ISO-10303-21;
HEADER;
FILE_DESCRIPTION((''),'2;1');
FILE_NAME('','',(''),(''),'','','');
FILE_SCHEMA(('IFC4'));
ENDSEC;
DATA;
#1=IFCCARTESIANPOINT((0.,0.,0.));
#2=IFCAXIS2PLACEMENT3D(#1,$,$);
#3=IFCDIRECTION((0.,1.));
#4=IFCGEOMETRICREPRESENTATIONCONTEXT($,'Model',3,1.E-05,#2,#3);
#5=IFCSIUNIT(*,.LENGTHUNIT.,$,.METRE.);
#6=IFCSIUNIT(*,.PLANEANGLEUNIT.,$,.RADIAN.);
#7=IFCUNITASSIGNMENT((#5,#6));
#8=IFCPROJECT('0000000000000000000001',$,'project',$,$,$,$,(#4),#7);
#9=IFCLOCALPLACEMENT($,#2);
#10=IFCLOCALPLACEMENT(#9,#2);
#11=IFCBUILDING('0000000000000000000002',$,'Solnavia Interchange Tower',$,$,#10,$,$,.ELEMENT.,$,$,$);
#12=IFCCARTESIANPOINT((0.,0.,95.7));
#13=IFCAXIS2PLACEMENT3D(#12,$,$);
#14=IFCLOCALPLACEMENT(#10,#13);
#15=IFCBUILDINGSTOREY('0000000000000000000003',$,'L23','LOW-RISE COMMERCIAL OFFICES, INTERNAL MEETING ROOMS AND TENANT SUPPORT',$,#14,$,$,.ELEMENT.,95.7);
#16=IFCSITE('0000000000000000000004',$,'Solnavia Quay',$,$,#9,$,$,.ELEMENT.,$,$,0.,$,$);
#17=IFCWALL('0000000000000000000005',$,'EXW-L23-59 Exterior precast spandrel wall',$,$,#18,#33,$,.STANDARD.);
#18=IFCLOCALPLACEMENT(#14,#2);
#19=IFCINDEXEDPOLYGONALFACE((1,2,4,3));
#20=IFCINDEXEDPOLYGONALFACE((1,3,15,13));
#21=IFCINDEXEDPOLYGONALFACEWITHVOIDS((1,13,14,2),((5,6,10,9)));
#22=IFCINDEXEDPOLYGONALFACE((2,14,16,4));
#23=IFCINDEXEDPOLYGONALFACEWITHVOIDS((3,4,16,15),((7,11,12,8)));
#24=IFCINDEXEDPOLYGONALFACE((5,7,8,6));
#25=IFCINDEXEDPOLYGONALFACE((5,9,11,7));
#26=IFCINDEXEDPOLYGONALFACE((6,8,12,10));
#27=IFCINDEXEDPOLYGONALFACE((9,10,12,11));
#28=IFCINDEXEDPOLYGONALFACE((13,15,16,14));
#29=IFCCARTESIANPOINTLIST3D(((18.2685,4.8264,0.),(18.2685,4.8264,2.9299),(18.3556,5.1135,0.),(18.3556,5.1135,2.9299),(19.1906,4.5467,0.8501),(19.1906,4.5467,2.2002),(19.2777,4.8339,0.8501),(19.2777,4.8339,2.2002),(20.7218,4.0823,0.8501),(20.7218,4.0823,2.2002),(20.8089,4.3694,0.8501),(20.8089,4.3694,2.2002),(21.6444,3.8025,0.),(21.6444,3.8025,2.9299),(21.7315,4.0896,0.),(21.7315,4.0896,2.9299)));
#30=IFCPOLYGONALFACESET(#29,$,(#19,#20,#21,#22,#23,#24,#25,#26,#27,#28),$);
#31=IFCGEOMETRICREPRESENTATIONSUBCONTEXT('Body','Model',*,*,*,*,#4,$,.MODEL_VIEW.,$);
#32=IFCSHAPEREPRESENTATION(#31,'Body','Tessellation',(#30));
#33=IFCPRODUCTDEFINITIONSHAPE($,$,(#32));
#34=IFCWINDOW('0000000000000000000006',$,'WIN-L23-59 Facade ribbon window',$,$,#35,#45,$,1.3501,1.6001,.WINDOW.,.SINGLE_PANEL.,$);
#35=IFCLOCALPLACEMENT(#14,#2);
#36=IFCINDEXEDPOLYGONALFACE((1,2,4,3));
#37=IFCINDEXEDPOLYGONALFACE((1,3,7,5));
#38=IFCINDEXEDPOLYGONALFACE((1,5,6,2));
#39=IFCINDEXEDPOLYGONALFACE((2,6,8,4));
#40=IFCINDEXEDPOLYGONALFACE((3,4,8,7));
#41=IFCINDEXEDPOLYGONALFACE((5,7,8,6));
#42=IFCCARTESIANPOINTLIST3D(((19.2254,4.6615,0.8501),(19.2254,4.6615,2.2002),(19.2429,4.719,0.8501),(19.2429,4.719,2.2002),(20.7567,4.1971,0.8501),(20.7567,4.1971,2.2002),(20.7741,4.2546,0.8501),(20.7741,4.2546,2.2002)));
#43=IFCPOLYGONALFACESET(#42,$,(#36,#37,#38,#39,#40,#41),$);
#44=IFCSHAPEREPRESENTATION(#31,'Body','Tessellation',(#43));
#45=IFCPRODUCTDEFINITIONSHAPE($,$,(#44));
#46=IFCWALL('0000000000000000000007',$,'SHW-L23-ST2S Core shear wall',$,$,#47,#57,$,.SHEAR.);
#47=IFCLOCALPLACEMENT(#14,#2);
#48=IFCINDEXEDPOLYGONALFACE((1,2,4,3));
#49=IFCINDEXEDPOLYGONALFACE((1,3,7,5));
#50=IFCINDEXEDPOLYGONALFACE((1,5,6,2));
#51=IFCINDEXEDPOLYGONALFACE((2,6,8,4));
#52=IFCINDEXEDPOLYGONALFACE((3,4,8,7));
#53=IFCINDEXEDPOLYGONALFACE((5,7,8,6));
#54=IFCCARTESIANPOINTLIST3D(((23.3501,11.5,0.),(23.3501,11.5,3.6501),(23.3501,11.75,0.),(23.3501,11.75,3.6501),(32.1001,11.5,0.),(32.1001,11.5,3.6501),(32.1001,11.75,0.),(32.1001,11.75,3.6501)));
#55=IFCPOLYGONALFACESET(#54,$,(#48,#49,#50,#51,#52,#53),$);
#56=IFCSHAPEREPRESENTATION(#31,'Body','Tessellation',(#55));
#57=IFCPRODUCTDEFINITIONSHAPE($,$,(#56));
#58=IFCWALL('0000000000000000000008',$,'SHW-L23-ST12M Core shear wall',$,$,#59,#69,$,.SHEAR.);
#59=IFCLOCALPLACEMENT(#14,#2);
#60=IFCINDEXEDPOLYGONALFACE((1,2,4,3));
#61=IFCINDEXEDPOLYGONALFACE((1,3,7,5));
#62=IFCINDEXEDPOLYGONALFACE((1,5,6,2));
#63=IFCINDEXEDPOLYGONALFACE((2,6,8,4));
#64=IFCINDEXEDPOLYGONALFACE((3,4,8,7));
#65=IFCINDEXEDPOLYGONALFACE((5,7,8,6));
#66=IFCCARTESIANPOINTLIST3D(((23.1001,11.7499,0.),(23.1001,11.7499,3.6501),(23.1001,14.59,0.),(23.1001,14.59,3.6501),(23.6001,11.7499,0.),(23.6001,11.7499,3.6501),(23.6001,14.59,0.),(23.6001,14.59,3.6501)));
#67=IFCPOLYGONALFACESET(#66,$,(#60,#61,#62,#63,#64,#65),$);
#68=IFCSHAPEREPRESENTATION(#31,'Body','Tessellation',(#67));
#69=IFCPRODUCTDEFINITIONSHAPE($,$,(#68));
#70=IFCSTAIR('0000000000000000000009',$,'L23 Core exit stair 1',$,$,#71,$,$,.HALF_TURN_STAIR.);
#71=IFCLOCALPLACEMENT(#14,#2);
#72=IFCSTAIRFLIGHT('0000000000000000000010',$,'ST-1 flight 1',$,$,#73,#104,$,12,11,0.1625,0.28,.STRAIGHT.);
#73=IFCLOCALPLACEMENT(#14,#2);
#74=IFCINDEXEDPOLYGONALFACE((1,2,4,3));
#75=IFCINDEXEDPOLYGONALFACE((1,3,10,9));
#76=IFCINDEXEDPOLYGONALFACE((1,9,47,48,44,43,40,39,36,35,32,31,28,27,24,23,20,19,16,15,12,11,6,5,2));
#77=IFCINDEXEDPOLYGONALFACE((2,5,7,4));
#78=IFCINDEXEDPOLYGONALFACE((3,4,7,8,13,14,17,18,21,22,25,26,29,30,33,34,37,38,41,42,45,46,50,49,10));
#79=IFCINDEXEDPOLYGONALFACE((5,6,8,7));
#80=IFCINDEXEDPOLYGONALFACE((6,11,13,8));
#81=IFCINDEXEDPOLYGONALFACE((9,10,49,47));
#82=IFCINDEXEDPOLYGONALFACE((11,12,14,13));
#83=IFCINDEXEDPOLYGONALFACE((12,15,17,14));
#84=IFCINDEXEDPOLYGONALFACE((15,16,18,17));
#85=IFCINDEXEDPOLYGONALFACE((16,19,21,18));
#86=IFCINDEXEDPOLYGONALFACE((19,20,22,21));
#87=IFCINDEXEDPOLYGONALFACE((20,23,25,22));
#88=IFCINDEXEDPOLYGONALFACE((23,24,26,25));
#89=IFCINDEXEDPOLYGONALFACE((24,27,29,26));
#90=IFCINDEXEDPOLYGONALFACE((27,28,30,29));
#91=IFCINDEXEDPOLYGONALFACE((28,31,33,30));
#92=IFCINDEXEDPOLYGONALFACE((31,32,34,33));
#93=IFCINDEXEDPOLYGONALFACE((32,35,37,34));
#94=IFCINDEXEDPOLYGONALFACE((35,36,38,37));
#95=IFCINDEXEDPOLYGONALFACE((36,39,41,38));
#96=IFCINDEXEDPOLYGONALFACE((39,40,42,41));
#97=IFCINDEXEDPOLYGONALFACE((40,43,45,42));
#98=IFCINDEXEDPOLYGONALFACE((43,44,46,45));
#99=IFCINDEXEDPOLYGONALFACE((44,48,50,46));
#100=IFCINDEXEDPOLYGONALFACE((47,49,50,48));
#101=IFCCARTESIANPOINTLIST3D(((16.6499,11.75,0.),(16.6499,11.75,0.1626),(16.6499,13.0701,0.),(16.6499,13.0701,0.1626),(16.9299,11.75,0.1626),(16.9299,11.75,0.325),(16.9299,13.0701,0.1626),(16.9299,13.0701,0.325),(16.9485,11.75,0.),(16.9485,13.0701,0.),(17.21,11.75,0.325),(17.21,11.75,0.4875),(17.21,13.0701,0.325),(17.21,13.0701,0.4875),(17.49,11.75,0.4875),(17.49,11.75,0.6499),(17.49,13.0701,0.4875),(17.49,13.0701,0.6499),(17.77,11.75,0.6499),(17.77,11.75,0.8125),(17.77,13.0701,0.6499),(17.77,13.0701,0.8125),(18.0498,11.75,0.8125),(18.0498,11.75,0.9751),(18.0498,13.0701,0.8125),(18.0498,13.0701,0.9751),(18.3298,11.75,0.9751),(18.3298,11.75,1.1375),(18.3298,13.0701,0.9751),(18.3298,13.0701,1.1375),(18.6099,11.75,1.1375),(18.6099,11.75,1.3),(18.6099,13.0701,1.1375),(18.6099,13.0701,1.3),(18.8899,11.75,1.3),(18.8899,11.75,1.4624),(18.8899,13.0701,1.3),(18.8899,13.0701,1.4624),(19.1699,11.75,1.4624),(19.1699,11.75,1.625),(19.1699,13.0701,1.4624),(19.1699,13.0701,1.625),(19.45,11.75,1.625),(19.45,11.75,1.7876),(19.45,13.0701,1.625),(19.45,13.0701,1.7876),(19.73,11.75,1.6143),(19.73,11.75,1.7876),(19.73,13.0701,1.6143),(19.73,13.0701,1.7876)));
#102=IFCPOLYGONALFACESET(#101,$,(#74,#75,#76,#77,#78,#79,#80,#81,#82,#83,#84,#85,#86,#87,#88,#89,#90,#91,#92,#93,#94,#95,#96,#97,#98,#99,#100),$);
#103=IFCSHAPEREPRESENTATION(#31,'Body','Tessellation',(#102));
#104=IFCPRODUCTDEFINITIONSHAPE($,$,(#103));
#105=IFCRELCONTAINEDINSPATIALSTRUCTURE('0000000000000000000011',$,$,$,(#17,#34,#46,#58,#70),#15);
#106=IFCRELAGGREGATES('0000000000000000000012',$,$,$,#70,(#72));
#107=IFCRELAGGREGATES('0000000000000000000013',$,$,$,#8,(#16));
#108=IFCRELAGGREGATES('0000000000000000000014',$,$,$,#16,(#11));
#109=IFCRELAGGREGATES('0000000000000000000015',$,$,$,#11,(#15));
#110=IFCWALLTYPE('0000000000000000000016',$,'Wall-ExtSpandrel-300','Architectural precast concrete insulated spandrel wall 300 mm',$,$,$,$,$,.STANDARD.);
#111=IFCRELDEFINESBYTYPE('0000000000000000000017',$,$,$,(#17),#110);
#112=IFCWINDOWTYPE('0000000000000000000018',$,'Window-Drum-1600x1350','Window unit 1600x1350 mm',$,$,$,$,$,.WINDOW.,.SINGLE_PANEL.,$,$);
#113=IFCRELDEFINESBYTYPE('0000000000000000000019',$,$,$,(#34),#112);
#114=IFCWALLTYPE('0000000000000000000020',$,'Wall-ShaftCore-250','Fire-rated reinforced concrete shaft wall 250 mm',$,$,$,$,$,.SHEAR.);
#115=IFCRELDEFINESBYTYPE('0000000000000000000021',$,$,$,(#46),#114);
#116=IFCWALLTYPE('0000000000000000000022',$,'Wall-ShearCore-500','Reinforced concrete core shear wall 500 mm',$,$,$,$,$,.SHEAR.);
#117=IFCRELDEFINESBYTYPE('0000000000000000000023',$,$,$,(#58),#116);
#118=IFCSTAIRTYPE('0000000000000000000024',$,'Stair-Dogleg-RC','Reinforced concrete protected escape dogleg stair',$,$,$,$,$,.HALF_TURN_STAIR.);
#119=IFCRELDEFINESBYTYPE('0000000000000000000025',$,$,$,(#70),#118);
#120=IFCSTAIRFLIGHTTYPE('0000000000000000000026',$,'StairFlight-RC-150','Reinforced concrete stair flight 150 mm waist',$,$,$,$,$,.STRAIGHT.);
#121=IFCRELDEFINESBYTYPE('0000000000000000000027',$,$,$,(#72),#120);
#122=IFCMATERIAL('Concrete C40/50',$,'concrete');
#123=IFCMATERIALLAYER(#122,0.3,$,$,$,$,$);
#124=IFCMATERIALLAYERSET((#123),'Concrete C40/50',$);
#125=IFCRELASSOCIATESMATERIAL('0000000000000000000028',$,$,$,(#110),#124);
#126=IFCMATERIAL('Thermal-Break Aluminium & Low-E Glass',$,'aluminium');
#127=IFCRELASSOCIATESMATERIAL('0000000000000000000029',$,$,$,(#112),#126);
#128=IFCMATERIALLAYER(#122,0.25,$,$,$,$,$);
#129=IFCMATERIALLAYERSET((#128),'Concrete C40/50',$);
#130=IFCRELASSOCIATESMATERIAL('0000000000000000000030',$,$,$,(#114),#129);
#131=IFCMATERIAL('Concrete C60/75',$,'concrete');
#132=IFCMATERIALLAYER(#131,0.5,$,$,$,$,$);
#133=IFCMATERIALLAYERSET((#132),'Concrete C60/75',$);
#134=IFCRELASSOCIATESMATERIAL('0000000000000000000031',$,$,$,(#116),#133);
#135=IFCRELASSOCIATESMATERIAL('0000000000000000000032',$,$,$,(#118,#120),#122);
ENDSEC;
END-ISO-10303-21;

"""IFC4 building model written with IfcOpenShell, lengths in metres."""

from ifc_helpers import new_model, si_unit, direction, frame, frame_2d, origin, place, context, subcontext, project, spatial, polyline, rectangle, outline, extrude, material, layer, layer_set, type_object, element, fill, aggregate, save


model = new_model("IFC4")

# Units and contexts
model_context = context("Model", 3, precision=1e-05, world=origin(), true_north=direction((0.0, 1.0)))
body_context = subcontext(model_context, "Body", "Model", "MODEL_VIEW")
ifc_project = project(units=[si_unit("LENGTHUNIT", "METRE"), si_unit("PLANEANGLEUNIT", "RADIAN")], contexts=[model_context])

# Site, building, storey
site_placement = place(None, origin())
site = spatial("IfcSite", under=ifc_project, at=site_placement, Name="Solnavia Quay", CompositionType="ELEMENT", RefElevation=0.0)
building_placement = place(site_placement, origin())
building = spatial("IfcBuilding", under=site, at=building_placement, Name="Solnavia Interchange Tower", CompositionType="ELEMENT")
storey_placement = place(building_placement, frame((0.0, 0.0, 95.7)))
storey = spatial("IfcBuildingStorey", under=building, at=storey_placement, Name="L23", Description="LOW-RISE COMMERCIAL OFFICES, INTERNAL MEETING ROOMS AND TENANT SUPPORT", CompositionType="ELEMENT", Elevation=95.7)

# Shared definitions
ifc_material_1 = material(Name="Concrete C60/75", Category="concrete")

# Wall, opening, window
ifc_material_2 = material(Name="Concrete C40/50", Category="concrete")
ifc_layer_1 = layer(ifc_material_2, 0.3)
ifc_layer_set_1 = layer_set([ifc_layer_1], Name="Concrete C40/50")
wall_type_1 = type_object("IfcWallType", Name="Wall-ExtSpandrel-300", Description="Architectural precast concrete insulated spandrel wall 300 mm", PredefinedType="STANDARD", material=ifc_layer_set_1)
ifc_material_3 = material(Name="Thermal-Break Aluminium & Low-E Glass", Category="aluminium")
window_type = type_object("IfcWindowType", Name="Window-Drum-1600x1350", Description="Window unit 1600x1350 mm", PartitioningType="SINGLE_PANEL", PredefinedType="WINDOW", material=ifc_material_3)
wall_1_placement = place(storey_placement, frame((21.688, 3.946, 0.0), z_axis=(0.0, 0.0, 1.0), x_axis=(-0.956953, 0.290242, 0.0)))
wall_1 = element("IfcWall", 1, at=wall_1_placement, inside=storey, type_object=wall_type_1, Name="EXW-L23-59 Exterior precast spandrel wall", PredefinedType="STANDARD", context=body_context, shape_type="SweptSolid", body=[
    extrude(rectangle(XDim=3.5278, YDim=0.3, at=frame_2d((1.7639, 0.0))), origin(), (0.0, 0.0, 1.0), 2.9299),
])
opening_1_placement = place(wall_1_placement, frame((0.9641, 0.0, 0.8501)))
opening_1 = element("IfcOpeningElement", 2, at=opening_1_placement, cuts=wall_1, PredefinedType="OPENING", context=body_context, shape_type="SweptSolid", body=[
    extrude(rectangle(XDim=1.6001, YDim=1.3501, at=frame_2d((0.8, 0.675))), frame((0.0, 0.1602, 0.0), z_axis=(0.0, -1.0, 0.0), x_axis=(1.0, 0.0, 0.0)), (0.0, 0.0, 1.0), 0.3201),
])
window_1_placement = place(opening_1_placement, origin())
window_1 = element("IfcWindow", 3, at=window_1_placement, inside=storey, type_object=window_type, Name="WIN-L23-59 Facade ribbon window", OverallHeight=1.3501, OverallWidth=1.6001, PartitioningType="SINGLE_PANEL", PredefinedType="WINDOW", context=body_context, shape_type="SweptSolid", body=[
    extrude(rectangle(XDim=1.6001, YDim=1.3501, at=frame_2d((0.8, 0.675))), frame((0.0, 0.03, 0.0), z_axis=(0.0, -1.0, 0.0), x_axis=(1.0, 0.0, 0.0)), (0.0, 0.0, 1.0), 0.0601),
])
fill(opening_1, window_1)

# Walls
ifc_layer_2 = layer(ifc_material_2, 0.25)
ifc_layer_set_2 = layer_set([ifc_layer_2], Name="Concrete C40/50")
wall_type_2 = type_object("IfcWallType", Name="Wall-ShaftCore-250", Description="Fire-rated reinforced concrete shaft wall 250 mm", PredefinedType="SHEAR", material=ifc_layer_set_2)
wall_2_placement = place(storey_placement, frame((23.3501, 11.625, 0.0), z_axis=(0.0, 0.0, 1.0), x_axis=(1.0, 0.0, 0.0)))
element("IfcWall", 4, at=wall_2_placement, inside=storey, type_object=wall_type_2, Name="SHW-L23-ST2S Core shear wall", PredefinedType="SHEAR", context=body_context, shape_type="SweptSolid", body=[
    extrude(rectangle(XDim=8.75, YDim=0.25, at=frame_2d((4.375, 0.0))), origin(), (0.0, 0.0, 1.0), 3.6501),
])
ifc_layer_3 = layer(ifc_material_1, 0.5)
ifc_layer_set_3 = layer_set([ifc_layer_3], Name="Concrete C60/75")
wall_type_3 = type_object("IfcWallType", Name="Wall-ShearCore-500", Description="Reinforced concrete core shear wall 500 mm", PredefinedType="SHEAR", material=ifc_layer_set_3)
wall_3_placement = place(storey_placement, frame((23.3501, 11.75, 0.0), z_axis=(0.0, 0.0, 1.0), x_axis=(0.0, 1.0, 0.0)))
element("IfcWall", 5, at=wall_3_placement, inside=storey, type_object=wall_type_3, Name="SHW-L23-ST12M Core shear wall", PredefinedType="SHEAR", context=body_context, shape_type="SweptSolid", body=[
    extrude(rectangle(XDim=2.8401, YDim=0.5, at=frame_2d((1.4199, 0.0))), origin(), (0.0, 0.0, 1.0), 3.6501),
])

# Stair, stair flight
stair_type = type_object("IfcStairType", Name="Stair-Dogleg-RC", Description="Reinforced concrete protected escape dogleg stair", PredefinedType="HALF_TURN_STAIR", material=ifc_material_2)
stair_placement = place(storey_placement, origin())
stair = element("IfcStair", 6, at=stair_placement, inside=storey, type_object=stair_type, Name="L23 Core exit stair 1", PredefinedType="HALF_TURN_STAIR")
stair_flight_type = type_object("IfcStairFlightType", Name="StairFlight-RC-150", Description="Reinforced concrete stair flight 150 mm waist", PredefinedType="STRAIGHT", material=ifc_material_2)
stair_flight_placement = place(storey_placement, frame((16.6499, 12.4099, 0.0), z_axis=(0.0, 0.0, 1.0), x_axis=(1.0, 0.0, 0.0)))
stair_flight = element("IfcStairFlight", 7, at=stair_flight_placement, type_object=stair_flight_type, Name="ST-1 flight 1", NumberOfRisers=12, NumberOfTreads=11, PredefinedType="STRAIGHT", RiserHeight=0.1625, TreadLength=0.28, context=body_context, shape_type="SweptSolid", body=[
    extrude(outline(polyline([(0.0, 0.0), (0.0, 0.1626), (0.28, 0.1626), (0.28, 0.325), (0.5601, 0.325), (0.5601, 0.4875), (0.8401, 0.4875), (0.8401, 0.6499), (1.1201, 0.6499), (1.1201, 0.8125), (1.3999, 0.8125), (1.3999, 0.9751), (1.6799, 0.9751), (1.6799, 1.1375), (1.96, 1.1375), (1.96, 1.3), (2.24, 1.3), (2.24, 1.4624), (2.52, 1.4624), (2.52, 1.625), (2.8, 1.625), (2.8, 1.7876), (3.0801, 1.7876), (3.0801, 1.95), (3.0801, 1.6143), (0.2986, 0.0), (0.0, 0.0)])), frame((0.0, 0.6602, 0.0), z_axis=(0.0, -1.0, 0.0), x_axis=(1.0, 0.0, 0.0)), (0.0, 0.0, 1.0), 1.3201),
])
aggregate(stair, [stair_flight])

save(model, "model.ifc")
